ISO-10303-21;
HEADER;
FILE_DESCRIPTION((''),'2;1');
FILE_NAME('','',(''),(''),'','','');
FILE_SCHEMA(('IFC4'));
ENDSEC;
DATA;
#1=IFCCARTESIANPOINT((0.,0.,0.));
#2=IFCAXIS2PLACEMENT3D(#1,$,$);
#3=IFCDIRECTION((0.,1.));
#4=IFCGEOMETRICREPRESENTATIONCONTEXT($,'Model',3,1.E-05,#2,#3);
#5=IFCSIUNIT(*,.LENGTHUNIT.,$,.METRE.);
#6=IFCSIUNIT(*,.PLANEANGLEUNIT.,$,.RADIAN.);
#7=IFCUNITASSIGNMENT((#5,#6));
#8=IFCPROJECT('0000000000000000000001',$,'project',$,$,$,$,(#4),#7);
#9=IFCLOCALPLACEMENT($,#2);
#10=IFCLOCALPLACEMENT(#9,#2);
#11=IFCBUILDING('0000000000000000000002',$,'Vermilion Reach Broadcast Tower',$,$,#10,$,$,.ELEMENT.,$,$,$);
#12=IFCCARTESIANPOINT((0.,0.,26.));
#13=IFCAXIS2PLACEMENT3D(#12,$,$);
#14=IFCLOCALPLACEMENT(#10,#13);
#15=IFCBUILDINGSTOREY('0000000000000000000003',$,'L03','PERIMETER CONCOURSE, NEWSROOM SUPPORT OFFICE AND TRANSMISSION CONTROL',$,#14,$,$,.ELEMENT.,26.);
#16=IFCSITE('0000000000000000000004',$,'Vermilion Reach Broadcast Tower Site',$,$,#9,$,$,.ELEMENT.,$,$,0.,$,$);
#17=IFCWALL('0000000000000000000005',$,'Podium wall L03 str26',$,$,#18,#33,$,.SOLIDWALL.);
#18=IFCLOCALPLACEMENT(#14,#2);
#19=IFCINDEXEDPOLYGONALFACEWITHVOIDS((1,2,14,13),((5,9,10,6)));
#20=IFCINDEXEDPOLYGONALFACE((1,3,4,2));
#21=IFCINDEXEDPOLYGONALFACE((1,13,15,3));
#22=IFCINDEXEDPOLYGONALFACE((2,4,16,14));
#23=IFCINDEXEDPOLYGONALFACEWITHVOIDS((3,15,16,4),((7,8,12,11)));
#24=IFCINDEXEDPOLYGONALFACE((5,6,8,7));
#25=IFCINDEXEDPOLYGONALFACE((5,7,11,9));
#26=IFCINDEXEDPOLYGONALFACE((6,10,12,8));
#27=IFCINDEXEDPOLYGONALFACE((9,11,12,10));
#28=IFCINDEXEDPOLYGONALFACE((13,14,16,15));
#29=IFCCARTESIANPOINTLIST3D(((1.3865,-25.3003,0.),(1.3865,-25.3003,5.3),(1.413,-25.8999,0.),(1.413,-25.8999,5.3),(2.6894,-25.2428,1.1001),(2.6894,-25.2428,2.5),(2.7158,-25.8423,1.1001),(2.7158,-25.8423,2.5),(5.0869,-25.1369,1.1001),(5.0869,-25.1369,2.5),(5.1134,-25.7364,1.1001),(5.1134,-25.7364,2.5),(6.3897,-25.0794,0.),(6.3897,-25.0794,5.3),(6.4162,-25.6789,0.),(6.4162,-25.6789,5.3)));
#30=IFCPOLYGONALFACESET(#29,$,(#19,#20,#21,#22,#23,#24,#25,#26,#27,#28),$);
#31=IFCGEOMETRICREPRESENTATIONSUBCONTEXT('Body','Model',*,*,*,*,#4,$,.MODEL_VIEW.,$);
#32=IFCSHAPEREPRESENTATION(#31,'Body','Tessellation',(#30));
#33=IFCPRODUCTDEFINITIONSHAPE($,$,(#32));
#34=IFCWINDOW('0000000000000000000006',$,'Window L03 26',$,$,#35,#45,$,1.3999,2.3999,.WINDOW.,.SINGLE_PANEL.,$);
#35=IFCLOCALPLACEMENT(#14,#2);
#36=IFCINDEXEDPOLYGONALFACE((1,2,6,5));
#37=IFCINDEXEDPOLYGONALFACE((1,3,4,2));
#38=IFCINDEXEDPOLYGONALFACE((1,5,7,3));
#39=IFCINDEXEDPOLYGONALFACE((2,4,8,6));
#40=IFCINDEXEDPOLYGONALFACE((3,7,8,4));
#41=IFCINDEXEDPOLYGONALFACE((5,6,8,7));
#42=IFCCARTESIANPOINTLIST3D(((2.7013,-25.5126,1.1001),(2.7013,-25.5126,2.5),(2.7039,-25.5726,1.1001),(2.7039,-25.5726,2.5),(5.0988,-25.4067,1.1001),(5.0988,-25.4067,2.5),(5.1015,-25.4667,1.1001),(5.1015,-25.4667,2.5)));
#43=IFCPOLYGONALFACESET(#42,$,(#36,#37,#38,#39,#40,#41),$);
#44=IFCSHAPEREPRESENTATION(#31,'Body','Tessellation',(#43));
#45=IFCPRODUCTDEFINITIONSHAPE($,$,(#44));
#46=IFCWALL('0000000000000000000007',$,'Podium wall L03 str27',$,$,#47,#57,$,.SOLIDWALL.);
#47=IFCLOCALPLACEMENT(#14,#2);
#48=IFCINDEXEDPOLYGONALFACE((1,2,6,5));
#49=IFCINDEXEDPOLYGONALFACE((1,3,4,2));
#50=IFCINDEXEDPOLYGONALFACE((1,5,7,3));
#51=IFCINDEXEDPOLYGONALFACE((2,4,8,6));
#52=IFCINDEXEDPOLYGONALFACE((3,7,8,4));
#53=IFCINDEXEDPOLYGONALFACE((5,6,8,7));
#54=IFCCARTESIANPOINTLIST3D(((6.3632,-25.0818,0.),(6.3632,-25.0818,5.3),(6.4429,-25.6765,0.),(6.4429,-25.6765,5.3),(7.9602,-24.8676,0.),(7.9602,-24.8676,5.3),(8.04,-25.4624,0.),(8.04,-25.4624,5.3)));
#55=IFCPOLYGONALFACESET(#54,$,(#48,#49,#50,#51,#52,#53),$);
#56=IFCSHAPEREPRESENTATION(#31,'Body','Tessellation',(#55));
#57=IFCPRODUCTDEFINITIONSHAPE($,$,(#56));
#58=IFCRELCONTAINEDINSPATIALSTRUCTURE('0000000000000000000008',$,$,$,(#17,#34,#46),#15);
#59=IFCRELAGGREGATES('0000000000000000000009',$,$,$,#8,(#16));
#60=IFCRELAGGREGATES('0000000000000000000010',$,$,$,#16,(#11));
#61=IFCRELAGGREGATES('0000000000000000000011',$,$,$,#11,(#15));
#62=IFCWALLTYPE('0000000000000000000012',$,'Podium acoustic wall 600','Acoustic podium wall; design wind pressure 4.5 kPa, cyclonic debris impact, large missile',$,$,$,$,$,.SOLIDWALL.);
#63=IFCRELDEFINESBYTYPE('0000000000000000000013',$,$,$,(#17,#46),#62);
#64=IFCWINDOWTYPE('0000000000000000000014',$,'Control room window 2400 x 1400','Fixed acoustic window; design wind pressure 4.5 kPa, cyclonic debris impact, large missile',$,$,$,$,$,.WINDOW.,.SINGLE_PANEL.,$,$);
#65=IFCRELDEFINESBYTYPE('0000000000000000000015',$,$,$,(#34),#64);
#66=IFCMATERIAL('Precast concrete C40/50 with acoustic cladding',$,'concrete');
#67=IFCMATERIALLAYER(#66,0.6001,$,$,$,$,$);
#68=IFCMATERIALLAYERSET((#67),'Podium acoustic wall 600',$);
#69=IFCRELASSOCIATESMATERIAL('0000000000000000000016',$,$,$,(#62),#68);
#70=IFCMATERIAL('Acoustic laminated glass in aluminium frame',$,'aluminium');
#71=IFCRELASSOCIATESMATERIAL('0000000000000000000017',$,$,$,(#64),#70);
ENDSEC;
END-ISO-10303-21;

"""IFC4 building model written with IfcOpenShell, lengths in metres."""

from ifc_helpers import new_model, si_unit, direction, frame, frame_2d, origin, place, context, subcontext, project, spatial, rectangle, extrude, material, layer, layer_set, type_object, element, fill, save


model = new_model("IFC4")

# Units and contexts
model_context = context("Model", 3, precision=1e-05, world=origin(), true_north=direction((0.0, 1.0)))
body_context = subcontext(model_context, "Body", "Model", "MODEL_VIEW")
ifc_project = project(units=[si_unit("LENGTHUNIT", "METRE"), si_unit("PLANEANGLEUNIT", "RADIAN")], contexts=[model_context])

# Site, building, storey
site_placement = place(None, origin())
site = spatial("IfcSite", under=ifc_project, at=site_placement, Name="Vermilion Reach Broadcast Tower Site", CompositionType="ELEMENT", RefElevation=0.0)
building_placement = place(site_placement, origin())
building = spatial("IfcBuilding", under=site, at=building_placement, Name="Vermilion Reach Broadcast Tower", CompositionType="ELEMENT")
storey_placement = place(building_placement, frame((0.0, 0.0, 26.0)))
storey = spatial("IfcBuildingStorey", under=building, at=storey_placement, Name="L03", Description="PERIMETER CONCOURSE, NEWSROOM SUPPORT OFFICE AND TRANSMISSION CONTROL", CompositionType="ELEMENT", Elevation=26.0)

# Wall, opening, window
ifc_material_1 = material(Name="Precast concrete C40/50 with acoustic cladding", Category="concrete")
ifc_layer_1 = layer(ifc_material_1, 0.6001)
ifc_layer_set_1 = layer_set([ifc_layer_1], Name="Podium acoustic wall 600")
wall_type_1 = type_object("IfcWallType", Name="Podium acoustic wall 600", Description="Acoustic podium wall; design wind pressure 4.5 kPa, cyclonic debris impact, large missile", PredefinedType="SOLIDWALL", material=ifc_layer_set_1)
ifc_material_2 = material(Name="Acoustic laminated glass in aluminium frame", Category="aluminium")
window_type = type_object("IfcWindowType", Name="Control room window 2400 x 1400", Description="Fixed acoustic window; design wind pressure 4.5 kPa, cyclonic debris impact, large missile", PartitioningType="SINGLE_PANEL", PredefinedType="WINDOW", material=ifc_material_2)
wall_1_placement = place(storey_placement, frame((1.3999, -25.6001, 0.0), z_axis=(0.0, 0.0, 1.0), x_axis=(0.999026, 0.044118, 0.0)))
wall_1 = element("IfcWall", 1, at=wall_1_placement, inside=storey, type_object=wall_type_1, Name="Podium wall L03 str26", PredefinedType="SOLIDWALL", context=body_context, shape_type="SweptSolid", body=[
    extrude(rectangle(XDim=5.0081, YDim=0.6001, at=frame_2d((2.5039, 0.0))), origin(), (0.0, 0.0, 1.0), 5.3),
])
opening_1_placement = place(wall_1_placement, frame((1.304, 0.0, 1.1001)))
opening_1 = element("IfcOpeningElement", 2, at=opening_1_placement, cuts=wall_1, PredefinedType="OPENING", context=body_context, shape_type="SweptSolid", body=[
    extrude(rectangle(XDim=2.3999, YDim=1.3999, at=frame_2d((1.2, 0.7))), frame((0.0, 0.3101, 0.0), z_axis=(0.0, -1.0, 0.0), x_axis=(1.0, 0.0, 0.0)), (0.0, 0.0, 1.0), 0.6201),
])
window_1_placement = place(opening_1_placement, origin())
window_1 = element("IfcWindow", 3, at=window_1_placement, inside=storey, type_object=window_type, Name="Window L03 26", OverallHeight=1.3999, OverallWidth=2.3999, PartitioningType="SINGLE_PANEL", PredefinedType="WINDOW", context=body_context, shape_type="SweptSolid", body=[
    extrude(rectangle(XDim=2.3999, YDim=1.3999, at=frame_2d((1.2, 0.7))), frame((0.0, 0.03, 0.0), z_axis=(0.0, -1.0, 0.0), x_axis=(1.0, 0.0, 0.0)), (0.0, 0.0, 1.0), 0.0601),
])
fill(opening_1, window_1)

# Wall
wall_2_placement = place(storey_placement, frame((6.4031, -25.3792, 0.0), z_axis=(0.0, 0.0, 1.0), x_axis=(0.991131, 0.132888, 0.0)))
element("IfcWall", 4, at=wall_2_placement, inside=storey, type_object=wall_type_1, Name="Podium wall L03 str27", PredefinedType="SOLIDWALL", context=body_context, shape_type="SweptSolid", body=[
    extrude(rectangle(XDim=1.6113, YDim=0.6001, at=frame_2d((0.8057, 0.0))), origin(), (0.0, 0.0, 1.0), 5.3),
])

save(model, "model.ifc")
